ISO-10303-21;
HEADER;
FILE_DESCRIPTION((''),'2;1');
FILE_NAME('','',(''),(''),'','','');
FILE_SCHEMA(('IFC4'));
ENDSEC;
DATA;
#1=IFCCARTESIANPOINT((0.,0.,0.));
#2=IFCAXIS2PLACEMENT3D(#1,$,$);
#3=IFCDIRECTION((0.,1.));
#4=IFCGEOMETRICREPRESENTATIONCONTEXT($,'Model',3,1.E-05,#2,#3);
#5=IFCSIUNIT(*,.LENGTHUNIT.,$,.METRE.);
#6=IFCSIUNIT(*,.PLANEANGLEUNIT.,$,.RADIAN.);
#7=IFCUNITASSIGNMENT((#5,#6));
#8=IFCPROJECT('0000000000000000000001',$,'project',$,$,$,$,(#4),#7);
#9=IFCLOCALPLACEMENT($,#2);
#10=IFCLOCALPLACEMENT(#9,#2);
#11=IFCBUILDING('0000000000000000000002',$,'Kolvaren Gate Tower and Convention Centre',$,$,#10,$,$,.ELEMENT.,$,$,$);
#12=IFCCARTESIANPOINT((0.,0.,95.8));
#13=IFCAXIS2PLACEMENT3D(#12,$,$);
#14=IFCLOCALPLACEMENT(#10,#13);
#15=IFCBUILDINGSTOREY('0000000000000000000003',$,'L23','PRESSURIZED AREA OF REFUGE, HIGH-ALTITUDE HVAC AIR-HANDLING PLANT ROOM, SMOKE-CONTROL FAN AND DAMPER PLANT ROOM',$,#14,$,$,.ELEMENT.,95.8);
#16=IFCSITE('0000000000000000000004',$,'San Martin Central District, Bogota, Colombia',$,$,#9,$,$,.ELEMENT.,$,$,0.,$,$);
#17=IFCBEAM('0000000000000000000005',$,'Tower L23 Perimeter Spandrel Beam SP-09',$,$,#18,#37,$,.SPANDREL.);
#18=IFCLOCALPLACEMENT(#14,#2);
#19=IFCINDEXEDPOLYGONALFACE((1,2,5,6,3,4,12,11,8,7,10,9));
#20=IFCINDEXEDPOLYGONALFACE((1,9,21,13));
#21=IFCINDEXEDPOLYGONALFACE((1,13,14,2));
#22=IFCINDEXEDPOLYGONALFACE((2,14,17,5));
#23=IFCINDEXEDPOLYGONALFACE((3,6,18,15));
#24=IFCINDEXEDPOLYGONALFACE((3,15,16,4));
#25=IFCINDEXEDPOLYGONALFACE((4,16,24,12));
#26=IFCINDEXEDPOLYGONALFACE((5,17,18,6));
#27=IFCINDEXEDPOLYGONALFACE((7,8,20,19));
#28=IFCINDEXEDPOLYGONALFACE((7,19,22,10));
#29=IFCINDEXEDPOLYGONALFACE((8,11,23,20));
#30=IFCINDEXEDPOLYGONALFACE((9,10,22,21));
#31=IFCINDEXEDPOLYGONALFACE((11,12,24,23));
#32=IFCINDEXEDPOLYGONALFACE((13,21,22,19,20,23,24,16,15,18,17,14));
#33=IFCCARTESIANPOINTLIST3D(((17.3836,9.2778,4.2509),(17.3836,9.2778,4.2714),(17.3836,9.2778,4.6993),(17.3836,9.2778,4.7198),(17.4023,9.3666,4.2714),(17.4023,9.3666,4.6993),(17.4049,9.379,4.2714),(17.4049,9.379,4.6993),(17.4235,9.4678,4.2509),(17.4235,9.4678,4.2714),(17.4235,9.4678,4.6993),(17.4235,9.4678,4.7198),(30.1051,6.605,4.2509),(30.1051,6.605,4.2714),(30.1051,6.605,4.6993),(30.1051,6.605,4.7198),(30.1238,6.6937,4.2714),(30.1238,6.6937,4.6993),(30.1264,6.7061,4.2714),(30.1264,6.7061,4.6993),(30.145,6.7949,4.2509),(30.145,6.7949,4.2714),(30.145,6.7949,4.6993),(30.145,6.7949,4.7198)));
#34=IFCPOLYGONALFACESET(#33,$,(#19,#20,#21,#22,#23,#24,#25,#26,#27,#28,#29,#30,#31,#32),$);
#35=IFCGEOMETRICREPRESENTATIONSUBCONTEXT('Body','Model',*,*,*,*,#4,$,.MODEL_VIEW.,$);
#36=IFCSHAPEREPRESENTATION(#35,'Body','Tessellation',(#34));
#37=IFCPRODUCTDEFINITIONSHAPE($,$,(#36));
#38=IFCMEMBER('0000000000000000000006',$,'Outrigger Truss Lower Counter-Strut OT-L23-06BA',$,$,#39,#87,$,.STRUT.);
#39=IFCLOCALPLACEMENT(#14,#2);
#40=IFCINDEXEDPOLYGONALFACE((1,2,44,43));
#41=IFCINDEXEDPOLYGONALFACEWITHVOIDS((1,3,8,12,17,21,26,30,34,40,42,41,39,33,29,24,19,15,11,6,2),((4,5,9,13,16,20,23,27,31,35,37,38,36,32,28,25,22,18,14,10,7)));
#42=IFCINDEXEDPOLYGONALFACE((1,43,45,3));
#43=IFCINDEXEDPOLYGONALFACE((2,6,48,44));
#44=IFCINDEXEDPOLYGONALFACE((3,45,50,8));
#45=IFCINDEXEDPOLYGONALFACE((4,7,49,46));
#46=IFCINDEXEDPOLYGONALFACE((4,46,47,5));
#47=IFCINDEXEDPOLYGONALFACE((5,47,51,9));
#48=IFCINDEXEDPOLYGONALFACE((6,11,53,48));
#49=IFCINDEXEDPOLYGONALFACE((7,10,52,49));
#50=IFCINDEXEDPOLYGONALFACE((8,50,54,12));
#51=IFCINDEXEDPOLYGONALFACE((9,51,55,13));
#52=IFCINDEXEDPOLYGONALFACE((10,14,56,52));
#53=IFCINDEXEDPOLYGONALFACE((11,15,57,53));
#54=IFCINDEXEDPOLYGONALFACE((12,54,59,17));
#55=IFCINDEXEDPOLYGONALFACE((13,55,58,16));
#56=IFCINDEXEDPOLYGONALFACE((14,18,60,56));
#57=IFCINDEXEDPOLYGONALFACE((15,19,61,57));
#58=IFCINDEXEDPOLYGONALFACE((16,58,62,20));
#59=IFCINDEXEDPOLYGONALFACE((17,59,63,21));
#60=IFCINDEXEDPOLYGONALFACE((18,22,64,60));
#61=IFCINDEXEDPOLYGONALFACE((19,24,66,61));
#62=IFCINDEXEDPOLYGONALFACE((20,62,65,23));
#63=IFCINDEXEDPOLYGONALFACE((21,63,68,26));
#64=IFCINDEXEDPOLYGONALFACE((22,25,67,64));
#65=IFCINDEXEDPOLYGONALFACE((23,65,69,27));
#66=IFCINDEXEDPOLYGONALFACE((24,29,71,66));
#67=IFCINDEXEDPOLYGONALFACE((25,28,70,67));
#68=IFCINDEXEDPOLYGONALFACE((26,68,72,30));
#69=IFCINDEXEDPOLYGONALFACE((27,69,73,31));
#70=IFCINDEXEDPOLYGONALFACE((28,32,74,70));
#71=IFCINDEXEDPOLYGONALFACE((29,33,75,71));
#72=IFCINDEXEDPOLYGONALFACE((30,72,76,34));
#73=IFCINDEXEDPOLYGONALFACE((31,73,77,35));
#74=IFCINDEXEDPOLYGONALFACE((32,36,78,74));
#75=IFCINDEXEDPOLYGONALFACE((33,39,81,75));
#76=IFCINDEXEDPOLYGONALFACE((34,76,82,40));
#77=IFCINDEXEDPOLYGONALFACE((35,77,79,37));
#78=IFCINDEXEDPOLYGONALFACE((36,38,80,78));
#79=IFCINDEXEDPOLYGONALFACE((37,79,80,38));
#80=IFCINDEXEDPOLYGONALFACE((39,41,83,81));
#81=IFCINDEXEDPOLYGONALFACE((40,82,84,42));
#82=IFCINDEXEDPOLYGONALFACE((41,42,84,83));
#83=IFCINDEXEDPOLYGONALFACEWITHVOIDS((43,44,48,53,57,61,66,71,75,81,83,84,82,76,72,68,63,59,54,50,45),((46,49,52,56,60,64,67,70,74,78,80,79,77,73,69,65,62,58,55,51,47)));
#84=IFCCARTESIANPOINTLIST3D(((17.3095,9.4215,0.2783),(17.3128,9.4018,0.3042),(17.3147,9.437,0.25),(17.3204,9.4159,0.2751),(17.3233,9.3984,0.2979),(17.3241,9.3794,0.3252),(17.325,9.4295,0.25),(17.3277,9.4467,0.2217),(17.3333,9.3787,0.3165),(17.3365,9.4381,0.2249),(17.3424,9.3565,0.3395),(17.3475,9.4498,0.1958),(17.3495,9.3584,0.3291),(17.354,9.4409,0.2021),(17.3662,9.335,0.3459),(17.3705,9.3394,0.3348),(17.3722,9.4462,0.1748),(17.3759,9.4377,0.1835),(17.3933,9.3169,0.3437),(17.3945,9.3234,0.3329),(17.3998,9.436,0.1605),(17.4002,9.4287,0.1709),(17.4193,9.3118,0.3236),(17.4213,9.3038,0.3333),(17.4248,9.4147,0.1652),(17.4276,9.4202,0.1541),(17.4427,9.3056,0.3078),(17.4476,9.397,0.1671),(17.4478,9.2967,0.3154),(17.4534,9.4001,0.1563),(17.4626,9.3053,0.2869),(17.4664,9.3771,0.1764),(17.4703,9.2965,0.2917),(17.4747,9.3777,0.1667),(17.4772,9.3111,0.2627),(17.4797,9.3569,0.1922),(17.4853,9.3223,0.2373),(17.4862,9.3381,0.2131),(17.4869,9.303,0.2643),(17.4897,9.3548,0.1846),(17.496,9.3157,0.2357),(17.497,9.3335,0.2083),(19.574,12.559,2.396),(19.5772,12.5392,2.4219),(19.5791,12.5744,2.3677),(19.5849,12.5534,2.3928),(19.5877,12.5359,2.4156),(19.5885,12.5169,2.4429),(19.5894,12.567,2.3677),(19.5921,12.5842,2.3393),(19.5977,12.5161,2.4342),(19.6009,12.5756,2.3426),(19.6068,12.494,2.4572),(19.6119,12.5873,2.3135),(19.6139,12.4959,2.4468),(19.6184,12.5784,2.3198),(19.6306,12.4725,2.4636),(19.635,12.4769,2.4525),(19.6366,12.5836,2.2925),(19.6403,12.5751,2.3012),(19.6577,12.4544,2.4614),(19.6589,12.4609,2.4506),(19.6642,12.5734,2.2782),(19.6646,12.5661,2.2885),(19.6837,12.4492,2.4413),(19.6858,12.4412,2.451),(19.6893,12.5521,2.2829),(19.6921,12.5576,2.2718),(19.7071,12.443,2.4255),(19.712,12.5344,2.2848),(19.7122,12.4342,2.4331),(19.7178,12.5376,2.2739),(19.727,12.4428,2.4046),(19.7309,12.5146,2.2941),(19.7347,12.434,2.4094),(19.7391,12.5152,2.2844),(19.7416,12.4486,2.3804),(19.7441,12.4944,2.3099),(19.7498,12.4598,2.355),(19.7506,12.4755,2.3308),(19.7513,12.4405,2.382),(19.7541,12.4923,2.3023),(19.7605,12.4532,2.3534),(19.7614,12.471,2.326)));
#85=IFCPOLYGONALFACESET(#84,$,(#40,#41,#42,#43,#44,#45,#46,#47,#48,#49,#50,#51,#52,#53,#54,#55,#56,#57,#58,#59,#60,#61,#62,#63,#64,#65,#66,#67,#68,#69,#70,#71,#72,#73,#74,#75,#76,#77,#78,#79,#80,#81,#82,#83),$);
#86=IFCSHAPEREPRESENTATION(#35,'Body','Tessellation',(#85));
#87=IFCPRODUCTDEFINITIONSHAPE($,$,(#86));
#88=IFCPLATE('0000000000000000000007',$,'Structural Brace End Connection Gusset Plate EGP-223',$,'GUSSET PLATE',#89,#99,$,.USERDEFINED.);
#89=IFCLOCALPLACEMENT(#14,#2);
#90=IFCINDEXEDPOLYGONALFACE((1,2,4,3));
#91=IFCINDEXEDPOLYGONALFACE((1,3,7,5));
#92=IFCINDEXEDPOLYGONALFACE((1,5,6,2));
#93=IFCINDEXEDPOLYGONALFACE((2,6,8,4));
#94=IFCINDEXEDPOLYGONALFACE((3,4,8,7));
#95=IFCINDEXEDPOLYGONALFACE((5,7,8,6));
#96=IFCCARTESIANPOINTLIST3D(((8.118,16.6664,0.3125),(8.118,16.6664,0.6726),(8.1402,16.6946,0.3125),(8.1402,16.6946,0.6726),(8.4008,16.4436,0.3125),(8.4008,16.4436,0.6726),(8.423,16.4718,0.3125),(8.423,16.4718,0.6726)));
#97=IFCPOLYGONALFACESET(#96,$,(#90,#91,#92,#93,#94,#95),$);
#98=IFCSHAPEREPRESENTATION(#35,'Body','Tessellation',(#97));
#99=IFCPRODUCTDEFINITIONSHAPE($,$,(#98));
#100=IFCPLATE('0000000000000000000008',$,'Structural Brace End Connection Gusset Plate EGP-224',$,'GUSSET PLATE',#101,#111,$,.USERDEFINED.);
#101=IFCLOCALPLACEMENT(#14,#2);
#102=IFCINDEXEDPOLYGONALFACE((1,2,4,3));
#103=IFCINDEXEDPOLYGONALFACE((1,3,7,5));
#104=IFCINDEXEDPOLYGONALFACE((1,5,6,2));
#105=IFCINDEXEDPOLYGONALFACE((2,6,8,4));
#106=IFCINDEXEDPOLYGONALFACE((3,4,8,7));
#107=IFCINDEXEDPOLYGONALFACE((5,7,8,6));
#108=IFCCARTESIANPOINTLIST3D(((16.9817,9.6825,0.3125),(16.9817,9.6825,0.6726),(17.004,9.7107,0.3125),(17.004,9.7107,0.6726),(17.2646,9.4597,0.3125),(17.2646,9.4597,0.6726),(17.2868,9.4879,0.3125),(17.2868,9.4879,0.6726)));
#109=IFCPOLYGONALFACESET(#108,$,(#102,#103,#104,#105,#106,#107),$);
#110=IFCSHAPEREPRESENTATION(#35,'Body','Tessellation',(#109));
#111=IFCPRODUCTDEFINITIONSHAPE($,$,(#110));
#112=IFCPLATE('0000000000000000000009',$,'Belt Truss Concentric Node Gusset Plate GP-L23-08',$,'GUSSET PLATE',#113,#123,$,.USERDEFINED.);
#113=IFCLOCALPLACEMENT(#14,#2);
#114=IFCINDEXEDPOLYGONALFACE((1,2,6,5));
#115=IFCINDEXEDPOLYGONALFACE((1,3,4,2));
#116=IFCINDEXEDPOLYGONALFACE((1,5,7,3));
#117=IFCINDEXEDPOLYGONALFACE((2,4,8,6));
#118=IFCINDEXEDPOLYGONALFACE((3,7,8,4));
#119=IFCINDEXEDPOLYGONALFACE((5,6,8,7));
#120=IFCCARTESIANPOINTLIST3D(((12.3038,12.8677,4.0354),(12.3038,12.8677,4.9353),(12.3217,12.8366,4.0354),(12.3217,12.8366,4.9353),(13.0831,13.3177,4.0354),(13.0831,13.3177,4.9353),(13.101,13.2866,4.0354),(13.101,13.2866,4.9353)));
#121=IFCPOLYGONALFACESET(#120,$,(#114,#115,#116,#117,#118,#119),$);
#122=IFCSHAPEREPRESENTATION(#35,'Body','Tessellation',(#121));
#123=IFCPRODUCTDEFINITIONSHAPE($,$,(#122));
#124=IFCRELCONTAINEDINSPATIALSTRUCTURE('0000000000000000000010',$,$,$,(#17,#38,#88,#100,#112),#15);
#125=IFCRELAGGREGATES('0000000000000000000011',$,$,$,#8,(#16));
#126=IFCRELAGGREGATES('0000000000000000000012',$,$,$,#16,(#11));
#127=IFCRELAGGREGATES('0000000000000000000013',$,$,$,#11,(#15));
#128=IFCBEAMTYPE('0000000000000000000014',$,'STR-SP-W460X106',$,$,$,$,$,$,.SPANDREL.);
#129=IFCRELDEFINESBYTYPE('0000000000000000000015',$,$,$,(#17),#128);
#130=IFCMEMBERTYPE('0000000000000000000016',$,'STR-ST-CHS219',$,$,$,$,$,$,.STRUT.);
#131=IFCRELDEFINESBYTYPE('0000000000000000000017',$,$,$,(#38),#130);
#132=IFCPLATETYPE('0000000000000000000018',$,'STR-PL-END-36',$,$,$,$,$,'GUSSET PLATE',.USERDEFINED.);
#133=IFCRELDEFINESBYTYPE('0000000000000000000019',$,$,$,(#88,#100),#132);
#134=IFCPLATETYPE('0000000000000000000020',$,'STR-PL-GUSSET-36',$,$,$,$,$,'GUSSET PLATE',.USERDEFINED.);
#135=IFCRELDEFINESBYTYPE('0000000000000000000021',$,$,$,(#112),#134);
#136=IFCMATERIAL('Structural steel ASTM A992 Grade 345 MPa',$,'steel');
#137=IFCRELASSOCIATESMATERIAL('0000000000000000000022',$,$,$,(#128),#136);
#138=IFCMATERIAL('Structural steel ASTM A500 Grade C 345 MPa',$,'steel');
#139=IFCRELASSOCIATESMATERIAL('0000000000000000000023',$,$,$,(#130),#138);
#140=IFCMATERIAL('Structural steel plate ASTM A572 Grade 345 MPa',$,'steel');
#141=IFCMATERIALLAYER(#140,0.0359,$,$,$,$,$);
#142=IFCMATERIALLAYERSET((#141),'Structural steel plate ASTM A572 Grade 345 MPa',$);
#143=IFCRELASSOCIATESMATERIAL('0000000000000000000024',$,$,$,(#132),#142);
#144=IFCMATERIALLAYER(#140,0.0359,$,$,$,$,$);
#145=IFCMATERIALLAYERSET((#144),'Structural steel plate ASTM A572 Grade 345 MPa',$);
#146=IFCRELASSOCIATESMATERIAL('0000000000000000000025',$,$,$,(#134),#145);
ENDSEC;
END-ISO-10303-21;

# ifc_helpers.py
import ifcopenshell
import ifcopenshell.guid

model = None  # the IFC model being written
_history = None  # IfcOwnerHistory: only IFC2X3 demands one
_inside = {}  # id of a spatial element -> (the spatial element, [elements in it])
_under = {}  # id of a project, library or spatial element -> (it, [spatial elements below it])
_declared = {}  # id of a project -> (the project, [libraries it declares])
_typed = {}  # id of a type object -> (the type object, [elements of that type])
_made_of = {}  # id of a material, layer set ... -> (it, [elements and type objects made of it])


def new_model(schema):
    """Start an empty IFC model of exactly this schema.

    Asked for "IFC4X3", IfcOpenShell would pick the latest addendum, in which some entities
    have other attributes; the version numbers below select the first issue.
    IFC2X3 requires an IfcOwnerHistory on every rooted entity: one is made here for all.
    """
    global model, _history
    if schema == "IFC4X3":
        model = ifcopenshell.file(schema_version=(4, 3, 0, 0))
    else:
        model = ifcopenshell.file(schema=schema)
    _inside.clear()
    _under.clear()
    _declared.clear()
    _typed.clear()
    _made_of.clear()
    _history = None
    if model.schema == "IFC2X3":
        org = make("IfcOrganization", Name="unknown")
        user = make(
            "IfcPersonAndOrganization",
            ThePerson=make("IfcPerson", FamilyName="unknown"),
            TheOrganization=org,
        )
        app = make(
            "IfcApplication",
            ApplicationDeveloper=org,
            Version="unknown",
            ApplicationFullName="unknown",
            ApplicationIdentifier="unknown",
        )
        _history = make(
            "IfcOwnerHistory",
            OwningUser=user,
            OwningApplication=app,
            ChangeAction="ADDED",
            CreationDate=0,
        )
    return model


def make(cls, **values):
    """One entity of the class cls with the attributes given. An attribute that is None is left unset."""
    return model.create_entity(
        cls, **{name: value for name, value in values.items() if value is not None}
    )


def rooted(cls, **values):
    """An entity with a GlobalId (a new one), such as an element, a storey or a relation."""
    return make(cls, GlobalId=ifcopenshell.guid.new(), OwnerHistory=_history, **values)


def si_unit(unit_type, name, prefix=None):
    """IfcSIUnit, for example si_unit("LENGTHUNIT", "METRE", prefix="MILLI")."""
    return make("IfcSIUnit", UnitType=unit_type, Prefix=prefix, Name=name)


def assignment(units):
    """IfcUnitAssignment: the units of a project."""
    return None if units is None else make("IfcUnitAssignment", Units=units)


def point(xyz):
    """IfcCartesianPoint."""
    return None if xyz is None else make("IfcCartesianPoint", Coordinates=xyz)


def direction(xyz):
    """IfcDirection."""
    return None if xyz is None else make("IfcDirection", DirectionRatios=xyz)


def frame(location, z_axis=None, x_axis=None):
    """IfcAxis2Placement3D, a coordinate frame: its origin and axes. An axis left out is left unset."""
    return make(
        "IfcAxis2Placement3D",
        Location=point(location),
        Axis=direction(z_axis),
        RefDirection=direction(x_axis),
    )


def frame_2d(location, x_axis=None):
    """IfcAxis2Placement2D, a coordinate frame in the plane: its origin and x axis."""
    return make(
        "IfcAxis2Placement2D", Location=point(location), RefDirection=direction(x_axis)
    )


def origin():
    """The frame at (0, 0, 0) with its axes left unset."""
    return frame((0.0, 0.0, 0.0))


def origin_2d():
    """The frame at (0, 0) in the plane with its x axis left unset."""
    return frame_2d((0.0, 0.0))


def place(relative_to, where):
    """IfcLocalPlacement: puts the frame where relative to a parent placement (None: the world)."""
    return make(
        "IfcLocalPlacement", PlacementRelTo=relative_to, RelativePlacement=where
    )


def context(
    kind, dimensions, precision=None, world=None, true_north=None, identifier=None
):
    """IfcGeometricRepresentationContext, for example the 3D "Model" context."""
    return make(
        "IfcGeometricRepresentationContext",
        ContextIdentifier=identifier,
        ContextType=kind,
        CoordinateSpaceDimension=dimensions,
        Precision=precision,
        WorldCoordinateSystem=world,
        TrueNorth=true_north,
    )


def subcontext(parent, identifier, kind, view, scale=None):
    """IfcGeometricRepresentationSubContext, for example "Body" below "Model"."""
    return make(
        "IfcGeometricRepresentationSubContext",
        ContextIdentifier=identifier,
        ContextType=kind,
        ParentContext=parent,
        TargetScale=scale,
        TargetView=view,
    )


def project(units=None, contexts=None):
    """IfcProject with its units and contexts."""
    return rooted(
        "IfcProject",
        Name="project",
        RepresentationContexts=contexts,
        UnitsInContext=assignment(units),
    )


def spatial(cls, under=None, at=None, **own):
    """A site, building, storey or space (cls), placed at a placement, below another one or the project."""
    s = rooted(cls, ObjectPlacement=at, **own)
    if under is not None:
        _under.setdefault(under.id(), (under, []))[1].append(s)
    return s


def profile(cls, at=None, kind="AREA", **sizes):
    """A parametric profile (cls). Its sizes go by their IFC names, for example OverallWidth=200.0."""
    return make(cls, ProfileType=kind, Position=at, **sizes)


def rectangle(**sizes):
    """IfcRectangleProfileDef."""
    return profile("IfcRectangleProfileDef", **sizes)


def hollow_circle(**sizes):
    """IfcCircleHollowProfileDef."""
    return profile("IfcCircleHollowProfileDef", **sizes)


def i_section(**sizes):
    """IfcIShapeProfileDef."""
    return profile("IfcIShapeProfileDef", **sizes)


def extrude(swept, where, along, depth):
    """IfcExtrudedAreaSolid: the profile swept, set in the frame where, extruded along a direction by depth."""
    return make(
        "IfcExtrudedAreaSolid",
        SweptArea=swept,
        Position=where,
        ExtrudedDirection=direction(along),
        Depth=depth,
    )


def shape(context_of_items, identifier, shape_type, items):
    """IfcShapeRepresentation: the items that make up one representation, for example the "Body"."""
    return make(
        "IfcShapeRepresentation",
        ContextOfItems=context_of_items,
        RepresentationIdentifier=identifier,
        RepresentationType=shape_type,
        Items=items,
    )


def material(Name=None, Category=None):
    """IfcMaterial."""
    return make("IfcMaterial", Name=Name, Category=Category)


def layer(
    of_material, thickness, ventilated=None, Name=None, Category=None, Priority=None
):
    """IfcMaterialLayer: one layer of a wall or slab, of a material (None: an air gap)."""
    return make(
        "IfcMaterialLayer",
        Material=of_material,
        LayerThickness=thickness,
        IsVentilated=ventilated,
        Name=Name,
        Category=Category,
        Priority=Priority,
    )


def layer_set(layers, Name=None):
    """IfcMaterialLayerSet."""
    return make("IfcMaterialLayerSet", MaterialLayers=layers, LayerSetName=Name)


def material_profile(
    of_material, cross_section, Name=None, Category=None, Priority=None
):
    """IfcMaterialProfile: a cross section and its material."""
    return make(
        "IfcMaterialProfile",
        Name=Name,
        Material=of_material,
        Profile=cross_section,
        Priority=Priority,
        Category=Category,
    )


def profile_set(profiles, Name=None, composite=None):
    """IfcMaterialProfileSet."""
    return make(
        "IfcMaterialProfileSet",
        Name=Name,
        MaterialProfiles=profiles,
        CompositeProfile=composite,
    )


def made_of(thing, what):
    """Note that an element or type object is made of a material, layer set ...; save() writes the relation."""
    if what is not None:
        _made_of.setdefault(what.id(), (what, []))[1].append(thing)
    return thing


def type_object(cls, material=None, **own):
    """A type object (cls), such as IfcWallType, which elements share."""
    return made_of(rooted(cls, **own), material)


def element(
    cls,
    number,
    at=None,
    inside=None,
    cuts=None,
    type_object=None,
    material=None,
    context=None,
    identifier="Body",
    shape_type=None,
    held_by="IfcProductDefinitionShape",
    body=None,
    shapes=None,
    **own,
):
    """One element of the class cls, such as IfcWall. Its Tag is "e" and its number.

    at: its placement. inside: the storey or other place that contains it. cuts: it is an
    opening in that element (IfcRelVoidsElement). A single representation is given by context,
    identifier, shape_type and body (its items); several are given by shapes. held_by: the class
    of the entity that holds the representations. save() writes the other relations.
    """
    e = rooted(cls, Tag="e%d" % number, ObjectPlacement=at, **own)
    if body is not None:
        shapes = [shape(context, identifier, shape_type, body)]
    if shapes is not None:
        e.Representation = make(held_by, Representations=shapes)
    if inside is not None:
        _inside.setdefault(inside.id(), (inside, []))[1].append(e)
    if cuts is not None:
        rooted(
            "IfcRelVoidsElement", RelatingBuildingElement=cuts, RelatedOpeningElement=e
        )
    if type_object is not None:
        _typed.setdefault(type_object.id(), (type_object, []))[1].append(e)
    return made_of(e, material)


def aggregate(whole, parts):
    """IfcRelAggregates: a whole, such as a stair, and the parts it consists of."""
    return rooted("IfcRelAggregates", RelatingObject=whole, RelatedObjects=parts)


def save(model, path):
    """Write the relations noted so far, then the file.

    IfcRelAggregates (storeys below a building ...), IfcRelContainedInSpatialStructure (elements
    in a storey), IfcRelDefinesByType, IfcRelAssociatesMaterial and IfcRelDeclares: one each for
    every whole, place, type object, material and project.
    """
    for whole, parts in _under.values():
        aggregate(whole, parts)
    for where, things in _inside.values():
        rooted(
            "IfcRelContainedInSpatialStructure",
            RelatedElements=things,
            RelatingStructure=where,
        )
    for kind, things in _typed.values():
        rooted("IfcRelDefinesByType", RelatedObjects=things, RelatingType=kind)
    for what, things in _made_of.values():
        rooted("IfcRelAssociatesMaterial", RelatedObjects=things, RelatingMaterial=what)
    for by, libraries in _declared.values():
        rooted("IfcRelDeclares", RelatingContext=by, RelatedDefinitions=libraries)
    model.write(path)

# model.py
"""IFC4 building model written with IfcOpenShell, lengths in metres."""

from ifc_helpers import new_model, si_unit, direction, frame, origin, origin_2d, place, context, subcontext, project, spatial, rectangle, hollow_circle, i_section, extrude, material, layer, layer_set, material_profile, profile_set, type_object, element, save


model = new_model("IFC4")

# Units and contexts
model_context = context("Model", 3, precision=1e-05, world=origin(), true_north=direction((0.0, 1.0)))
body_context = subcontext(model_context, "Body", "Model", "MODEL_VIEW")
ifc_project = project(units=[si_unit("LENGTHUNIT", "METRE"), si_unit("PLANEANGLEUNIT", "RADIAN")], contexts=[model_context])

# Site, building, storey
site_placement = place(None, origin())
site = spatial("IfcSite", under=ifc_project, at=site_placement, Name="San Martin Central District, Bogota, Colombia", CompositionType="ELEMENT", RefElevation=0.0)
building_placement = place(site_placement, origin())
building = spatial("IfcBuilding", under=site, at=building_placement, Name="Kolvaren Gate Tower and Convention Centre", CompositionType="ELEMENT")
storey_placement = place(building_placement, frame((0.0, 0.0, 95.8)))
storey = spatial("IfcBuildingStorey", under=building, at=storey_placement, Name="L23", Description="PRESSURIZED AREA OF REFUGE, HIGH-ALTITUDE HVAC AIR-HANDLING PLANT ROOM, SMOKE-CONTROL FAN AND DAMPER PLANT ROOM", CompositionType="ELEMENT", Elevation=95.8)

# Shared definitions
ifc_material_1 = material(Name="Structural steel ASTM A992 Grade 345 MPa", Category="steel")

# Shared definitions
ifc_material_2 = material(Name="Structural steel ASTM A500 Grade C 345 MPa", Category="steel")

# Beam
ifc_material_profile_1 = material_profile(ifc_material_1, i_section(OverallWidth=0.1941, OverallDepth=0.469, WebThickness=0.0127, FlangeThickness=0.0205, at=origin_2d()), Name="W460X106")
ifc_profile_set_1 = profile_set([ifc_material_profile_1], Name="Structural steel ASTM A992 Grade 345 MPa")
beam_type_1 = type_object("IfcBeamType", Name="STR-SP-W460X106", PredefinedType="SPANDREL", material=ifc_profile_set_1)
beam_1_placement = place(storey_placement, frame((17.4036, 9.3728, 4.4854), z_axis=(0.978633, -0.205617, 0.0), x_axis=(0.205617, 0.978633, 0.0)))
element("IfcBeam", 1, at=beam_1_placement, inside=storey, type_object=beam_type_1, Name="Tower L23 Perimeter Spandrel Beam SP-09", PredefinedType="SPANDREL", context=body_context, shape_type="SweptSolid", body=[
    extrude(i_section(OverallWidth=0.1941, OverallDepth=0.469, WebThickness=0.0127, FlangeThickness=0.0205, at=origin_2d()), origin(), (0.0, 0.0, 1.0), 12.9993),
])

# Member
ifc_material_profile_2 = material_profile(ifc_material_2, hollow_circle(Radius=0.1096, WallThickness=0.0127, at=origin_2d()), Name="CHS219X12.7")
ifc_profile_set_2 = profile_set([ifc_material_profile_2], Name="Structural steel ASTM A500 Grade C 345 MPa")
member_type_1 = type_object("IfcMemberType", Name="STR-ST-CHS219", PredefinedType="STRUT", material=ifc_profile_set_2)
member_1_placement = place(storey_placement, frame((17.4036, 9.3728, 0.25), z_axis=(0.51337, 0.711302, 0.480105), x_axis=(-0.810867, 0.58523, 0.0)))
element("IfcMember", 2, at=member_1_placement, inside=storey, type_object=member_type_1, Name="Outrigger Truss Lower Counter-Strut OT-L23-06BA", PredefinedType="STRUT", context=body_context, shape_type="SweptSolid", body=[
    extrude(hollow_circle(Radius=0.1096, WallThickness=0.0127, at=origin_2d()), origin(), (0.0, 0.0, 1.0), 4.4109),
])

# Plates
ifc_material_3 = material(Name="Structural steel plate ASTM A572 Grade 345 MPa", Category="steel")
ifc_layer_1 = layer(ifc_material_3, 0.0359)
ifc_layer_set_1 = layer_set([ifc_layer_1], Name="Structural steel plate ASTM A572 Grade 345 MPa")
plate_type_1 = type_object("IfcPlateType", Name="STR-PL-END-36", ElementType="GUSSET PLATE", PredefinedType="USERDEFINED", material=ifc_layer_set_1)
for number, where, z_axis, x_axis, name in (
    (3, (8.2705, 16.5691, 0.3125), (0.0, 0.0, 1.0), (0.785465, -0.618906, 0.0), "Structural Brace End Connection Gusset Plate EGP-223"),
    (4, (17.1343, 9.5852, 0.3125), (0.0, 0.0, 1.0), (-0.785474, 0.618895, 0.0), "Structural Brace End Connection Gusset Plate EGP-224"),
):
    element("IfcPlate", number, at=place(storey_placement, frame(where, z_axis=z_axis, x_axis=x_axis)), inside=storey, type_object=plate_type_1, Name=name, ObjectType="GUSSET PLATE", PredefinedType="USERDEFINED", context=body_context, shape_type="SweptSolid", body=[
        extrude(rectangle(XDim=0.3601, YDim=0.0359, at=origin_2d()), origin(), (0.0, 0.0, 1.0), 0.3601),
    ])
ifc_layer_2 = layer(ifc_material_3, 0.0359)
ifc_layer_set_2 = layer_set([ifc_layer_2], Name="Structural steel plate ASTM A572 Grade 345 MPa")
plate_type_2 = type_object("IfcPlateType", Name="STR-PL-GUSSET-36", ElementType="GUSSET PLATE", PredefinedType="USERDEFINED", material=ifc_layer_set_2)
plate_placement = place(storey_placement, frame((12.7024, 13.0771, 4.0354), z_axis=(0.0, 0.0, 1.0), x_axis=(-0.866025, -0.5, 0.0)))
element("IfcPlate", 5, at=plate_placement, inside=storey, type_object=plate_type_2, Name="Belt Truss Concentric Node Gusset Plate GP-L23-08", ObjectType="GUSSET PLATE", PredefinedType="USERDEFINED", context=body_context, shape_type="SweptSolid", body=[
    extrude(rectangle(XDim=0.8999, YDim=0.0359, at=origin_2d()), origin(), (0.0, 0.0, 1.0), 0.8999),
])

save(model, "model.ifc")
